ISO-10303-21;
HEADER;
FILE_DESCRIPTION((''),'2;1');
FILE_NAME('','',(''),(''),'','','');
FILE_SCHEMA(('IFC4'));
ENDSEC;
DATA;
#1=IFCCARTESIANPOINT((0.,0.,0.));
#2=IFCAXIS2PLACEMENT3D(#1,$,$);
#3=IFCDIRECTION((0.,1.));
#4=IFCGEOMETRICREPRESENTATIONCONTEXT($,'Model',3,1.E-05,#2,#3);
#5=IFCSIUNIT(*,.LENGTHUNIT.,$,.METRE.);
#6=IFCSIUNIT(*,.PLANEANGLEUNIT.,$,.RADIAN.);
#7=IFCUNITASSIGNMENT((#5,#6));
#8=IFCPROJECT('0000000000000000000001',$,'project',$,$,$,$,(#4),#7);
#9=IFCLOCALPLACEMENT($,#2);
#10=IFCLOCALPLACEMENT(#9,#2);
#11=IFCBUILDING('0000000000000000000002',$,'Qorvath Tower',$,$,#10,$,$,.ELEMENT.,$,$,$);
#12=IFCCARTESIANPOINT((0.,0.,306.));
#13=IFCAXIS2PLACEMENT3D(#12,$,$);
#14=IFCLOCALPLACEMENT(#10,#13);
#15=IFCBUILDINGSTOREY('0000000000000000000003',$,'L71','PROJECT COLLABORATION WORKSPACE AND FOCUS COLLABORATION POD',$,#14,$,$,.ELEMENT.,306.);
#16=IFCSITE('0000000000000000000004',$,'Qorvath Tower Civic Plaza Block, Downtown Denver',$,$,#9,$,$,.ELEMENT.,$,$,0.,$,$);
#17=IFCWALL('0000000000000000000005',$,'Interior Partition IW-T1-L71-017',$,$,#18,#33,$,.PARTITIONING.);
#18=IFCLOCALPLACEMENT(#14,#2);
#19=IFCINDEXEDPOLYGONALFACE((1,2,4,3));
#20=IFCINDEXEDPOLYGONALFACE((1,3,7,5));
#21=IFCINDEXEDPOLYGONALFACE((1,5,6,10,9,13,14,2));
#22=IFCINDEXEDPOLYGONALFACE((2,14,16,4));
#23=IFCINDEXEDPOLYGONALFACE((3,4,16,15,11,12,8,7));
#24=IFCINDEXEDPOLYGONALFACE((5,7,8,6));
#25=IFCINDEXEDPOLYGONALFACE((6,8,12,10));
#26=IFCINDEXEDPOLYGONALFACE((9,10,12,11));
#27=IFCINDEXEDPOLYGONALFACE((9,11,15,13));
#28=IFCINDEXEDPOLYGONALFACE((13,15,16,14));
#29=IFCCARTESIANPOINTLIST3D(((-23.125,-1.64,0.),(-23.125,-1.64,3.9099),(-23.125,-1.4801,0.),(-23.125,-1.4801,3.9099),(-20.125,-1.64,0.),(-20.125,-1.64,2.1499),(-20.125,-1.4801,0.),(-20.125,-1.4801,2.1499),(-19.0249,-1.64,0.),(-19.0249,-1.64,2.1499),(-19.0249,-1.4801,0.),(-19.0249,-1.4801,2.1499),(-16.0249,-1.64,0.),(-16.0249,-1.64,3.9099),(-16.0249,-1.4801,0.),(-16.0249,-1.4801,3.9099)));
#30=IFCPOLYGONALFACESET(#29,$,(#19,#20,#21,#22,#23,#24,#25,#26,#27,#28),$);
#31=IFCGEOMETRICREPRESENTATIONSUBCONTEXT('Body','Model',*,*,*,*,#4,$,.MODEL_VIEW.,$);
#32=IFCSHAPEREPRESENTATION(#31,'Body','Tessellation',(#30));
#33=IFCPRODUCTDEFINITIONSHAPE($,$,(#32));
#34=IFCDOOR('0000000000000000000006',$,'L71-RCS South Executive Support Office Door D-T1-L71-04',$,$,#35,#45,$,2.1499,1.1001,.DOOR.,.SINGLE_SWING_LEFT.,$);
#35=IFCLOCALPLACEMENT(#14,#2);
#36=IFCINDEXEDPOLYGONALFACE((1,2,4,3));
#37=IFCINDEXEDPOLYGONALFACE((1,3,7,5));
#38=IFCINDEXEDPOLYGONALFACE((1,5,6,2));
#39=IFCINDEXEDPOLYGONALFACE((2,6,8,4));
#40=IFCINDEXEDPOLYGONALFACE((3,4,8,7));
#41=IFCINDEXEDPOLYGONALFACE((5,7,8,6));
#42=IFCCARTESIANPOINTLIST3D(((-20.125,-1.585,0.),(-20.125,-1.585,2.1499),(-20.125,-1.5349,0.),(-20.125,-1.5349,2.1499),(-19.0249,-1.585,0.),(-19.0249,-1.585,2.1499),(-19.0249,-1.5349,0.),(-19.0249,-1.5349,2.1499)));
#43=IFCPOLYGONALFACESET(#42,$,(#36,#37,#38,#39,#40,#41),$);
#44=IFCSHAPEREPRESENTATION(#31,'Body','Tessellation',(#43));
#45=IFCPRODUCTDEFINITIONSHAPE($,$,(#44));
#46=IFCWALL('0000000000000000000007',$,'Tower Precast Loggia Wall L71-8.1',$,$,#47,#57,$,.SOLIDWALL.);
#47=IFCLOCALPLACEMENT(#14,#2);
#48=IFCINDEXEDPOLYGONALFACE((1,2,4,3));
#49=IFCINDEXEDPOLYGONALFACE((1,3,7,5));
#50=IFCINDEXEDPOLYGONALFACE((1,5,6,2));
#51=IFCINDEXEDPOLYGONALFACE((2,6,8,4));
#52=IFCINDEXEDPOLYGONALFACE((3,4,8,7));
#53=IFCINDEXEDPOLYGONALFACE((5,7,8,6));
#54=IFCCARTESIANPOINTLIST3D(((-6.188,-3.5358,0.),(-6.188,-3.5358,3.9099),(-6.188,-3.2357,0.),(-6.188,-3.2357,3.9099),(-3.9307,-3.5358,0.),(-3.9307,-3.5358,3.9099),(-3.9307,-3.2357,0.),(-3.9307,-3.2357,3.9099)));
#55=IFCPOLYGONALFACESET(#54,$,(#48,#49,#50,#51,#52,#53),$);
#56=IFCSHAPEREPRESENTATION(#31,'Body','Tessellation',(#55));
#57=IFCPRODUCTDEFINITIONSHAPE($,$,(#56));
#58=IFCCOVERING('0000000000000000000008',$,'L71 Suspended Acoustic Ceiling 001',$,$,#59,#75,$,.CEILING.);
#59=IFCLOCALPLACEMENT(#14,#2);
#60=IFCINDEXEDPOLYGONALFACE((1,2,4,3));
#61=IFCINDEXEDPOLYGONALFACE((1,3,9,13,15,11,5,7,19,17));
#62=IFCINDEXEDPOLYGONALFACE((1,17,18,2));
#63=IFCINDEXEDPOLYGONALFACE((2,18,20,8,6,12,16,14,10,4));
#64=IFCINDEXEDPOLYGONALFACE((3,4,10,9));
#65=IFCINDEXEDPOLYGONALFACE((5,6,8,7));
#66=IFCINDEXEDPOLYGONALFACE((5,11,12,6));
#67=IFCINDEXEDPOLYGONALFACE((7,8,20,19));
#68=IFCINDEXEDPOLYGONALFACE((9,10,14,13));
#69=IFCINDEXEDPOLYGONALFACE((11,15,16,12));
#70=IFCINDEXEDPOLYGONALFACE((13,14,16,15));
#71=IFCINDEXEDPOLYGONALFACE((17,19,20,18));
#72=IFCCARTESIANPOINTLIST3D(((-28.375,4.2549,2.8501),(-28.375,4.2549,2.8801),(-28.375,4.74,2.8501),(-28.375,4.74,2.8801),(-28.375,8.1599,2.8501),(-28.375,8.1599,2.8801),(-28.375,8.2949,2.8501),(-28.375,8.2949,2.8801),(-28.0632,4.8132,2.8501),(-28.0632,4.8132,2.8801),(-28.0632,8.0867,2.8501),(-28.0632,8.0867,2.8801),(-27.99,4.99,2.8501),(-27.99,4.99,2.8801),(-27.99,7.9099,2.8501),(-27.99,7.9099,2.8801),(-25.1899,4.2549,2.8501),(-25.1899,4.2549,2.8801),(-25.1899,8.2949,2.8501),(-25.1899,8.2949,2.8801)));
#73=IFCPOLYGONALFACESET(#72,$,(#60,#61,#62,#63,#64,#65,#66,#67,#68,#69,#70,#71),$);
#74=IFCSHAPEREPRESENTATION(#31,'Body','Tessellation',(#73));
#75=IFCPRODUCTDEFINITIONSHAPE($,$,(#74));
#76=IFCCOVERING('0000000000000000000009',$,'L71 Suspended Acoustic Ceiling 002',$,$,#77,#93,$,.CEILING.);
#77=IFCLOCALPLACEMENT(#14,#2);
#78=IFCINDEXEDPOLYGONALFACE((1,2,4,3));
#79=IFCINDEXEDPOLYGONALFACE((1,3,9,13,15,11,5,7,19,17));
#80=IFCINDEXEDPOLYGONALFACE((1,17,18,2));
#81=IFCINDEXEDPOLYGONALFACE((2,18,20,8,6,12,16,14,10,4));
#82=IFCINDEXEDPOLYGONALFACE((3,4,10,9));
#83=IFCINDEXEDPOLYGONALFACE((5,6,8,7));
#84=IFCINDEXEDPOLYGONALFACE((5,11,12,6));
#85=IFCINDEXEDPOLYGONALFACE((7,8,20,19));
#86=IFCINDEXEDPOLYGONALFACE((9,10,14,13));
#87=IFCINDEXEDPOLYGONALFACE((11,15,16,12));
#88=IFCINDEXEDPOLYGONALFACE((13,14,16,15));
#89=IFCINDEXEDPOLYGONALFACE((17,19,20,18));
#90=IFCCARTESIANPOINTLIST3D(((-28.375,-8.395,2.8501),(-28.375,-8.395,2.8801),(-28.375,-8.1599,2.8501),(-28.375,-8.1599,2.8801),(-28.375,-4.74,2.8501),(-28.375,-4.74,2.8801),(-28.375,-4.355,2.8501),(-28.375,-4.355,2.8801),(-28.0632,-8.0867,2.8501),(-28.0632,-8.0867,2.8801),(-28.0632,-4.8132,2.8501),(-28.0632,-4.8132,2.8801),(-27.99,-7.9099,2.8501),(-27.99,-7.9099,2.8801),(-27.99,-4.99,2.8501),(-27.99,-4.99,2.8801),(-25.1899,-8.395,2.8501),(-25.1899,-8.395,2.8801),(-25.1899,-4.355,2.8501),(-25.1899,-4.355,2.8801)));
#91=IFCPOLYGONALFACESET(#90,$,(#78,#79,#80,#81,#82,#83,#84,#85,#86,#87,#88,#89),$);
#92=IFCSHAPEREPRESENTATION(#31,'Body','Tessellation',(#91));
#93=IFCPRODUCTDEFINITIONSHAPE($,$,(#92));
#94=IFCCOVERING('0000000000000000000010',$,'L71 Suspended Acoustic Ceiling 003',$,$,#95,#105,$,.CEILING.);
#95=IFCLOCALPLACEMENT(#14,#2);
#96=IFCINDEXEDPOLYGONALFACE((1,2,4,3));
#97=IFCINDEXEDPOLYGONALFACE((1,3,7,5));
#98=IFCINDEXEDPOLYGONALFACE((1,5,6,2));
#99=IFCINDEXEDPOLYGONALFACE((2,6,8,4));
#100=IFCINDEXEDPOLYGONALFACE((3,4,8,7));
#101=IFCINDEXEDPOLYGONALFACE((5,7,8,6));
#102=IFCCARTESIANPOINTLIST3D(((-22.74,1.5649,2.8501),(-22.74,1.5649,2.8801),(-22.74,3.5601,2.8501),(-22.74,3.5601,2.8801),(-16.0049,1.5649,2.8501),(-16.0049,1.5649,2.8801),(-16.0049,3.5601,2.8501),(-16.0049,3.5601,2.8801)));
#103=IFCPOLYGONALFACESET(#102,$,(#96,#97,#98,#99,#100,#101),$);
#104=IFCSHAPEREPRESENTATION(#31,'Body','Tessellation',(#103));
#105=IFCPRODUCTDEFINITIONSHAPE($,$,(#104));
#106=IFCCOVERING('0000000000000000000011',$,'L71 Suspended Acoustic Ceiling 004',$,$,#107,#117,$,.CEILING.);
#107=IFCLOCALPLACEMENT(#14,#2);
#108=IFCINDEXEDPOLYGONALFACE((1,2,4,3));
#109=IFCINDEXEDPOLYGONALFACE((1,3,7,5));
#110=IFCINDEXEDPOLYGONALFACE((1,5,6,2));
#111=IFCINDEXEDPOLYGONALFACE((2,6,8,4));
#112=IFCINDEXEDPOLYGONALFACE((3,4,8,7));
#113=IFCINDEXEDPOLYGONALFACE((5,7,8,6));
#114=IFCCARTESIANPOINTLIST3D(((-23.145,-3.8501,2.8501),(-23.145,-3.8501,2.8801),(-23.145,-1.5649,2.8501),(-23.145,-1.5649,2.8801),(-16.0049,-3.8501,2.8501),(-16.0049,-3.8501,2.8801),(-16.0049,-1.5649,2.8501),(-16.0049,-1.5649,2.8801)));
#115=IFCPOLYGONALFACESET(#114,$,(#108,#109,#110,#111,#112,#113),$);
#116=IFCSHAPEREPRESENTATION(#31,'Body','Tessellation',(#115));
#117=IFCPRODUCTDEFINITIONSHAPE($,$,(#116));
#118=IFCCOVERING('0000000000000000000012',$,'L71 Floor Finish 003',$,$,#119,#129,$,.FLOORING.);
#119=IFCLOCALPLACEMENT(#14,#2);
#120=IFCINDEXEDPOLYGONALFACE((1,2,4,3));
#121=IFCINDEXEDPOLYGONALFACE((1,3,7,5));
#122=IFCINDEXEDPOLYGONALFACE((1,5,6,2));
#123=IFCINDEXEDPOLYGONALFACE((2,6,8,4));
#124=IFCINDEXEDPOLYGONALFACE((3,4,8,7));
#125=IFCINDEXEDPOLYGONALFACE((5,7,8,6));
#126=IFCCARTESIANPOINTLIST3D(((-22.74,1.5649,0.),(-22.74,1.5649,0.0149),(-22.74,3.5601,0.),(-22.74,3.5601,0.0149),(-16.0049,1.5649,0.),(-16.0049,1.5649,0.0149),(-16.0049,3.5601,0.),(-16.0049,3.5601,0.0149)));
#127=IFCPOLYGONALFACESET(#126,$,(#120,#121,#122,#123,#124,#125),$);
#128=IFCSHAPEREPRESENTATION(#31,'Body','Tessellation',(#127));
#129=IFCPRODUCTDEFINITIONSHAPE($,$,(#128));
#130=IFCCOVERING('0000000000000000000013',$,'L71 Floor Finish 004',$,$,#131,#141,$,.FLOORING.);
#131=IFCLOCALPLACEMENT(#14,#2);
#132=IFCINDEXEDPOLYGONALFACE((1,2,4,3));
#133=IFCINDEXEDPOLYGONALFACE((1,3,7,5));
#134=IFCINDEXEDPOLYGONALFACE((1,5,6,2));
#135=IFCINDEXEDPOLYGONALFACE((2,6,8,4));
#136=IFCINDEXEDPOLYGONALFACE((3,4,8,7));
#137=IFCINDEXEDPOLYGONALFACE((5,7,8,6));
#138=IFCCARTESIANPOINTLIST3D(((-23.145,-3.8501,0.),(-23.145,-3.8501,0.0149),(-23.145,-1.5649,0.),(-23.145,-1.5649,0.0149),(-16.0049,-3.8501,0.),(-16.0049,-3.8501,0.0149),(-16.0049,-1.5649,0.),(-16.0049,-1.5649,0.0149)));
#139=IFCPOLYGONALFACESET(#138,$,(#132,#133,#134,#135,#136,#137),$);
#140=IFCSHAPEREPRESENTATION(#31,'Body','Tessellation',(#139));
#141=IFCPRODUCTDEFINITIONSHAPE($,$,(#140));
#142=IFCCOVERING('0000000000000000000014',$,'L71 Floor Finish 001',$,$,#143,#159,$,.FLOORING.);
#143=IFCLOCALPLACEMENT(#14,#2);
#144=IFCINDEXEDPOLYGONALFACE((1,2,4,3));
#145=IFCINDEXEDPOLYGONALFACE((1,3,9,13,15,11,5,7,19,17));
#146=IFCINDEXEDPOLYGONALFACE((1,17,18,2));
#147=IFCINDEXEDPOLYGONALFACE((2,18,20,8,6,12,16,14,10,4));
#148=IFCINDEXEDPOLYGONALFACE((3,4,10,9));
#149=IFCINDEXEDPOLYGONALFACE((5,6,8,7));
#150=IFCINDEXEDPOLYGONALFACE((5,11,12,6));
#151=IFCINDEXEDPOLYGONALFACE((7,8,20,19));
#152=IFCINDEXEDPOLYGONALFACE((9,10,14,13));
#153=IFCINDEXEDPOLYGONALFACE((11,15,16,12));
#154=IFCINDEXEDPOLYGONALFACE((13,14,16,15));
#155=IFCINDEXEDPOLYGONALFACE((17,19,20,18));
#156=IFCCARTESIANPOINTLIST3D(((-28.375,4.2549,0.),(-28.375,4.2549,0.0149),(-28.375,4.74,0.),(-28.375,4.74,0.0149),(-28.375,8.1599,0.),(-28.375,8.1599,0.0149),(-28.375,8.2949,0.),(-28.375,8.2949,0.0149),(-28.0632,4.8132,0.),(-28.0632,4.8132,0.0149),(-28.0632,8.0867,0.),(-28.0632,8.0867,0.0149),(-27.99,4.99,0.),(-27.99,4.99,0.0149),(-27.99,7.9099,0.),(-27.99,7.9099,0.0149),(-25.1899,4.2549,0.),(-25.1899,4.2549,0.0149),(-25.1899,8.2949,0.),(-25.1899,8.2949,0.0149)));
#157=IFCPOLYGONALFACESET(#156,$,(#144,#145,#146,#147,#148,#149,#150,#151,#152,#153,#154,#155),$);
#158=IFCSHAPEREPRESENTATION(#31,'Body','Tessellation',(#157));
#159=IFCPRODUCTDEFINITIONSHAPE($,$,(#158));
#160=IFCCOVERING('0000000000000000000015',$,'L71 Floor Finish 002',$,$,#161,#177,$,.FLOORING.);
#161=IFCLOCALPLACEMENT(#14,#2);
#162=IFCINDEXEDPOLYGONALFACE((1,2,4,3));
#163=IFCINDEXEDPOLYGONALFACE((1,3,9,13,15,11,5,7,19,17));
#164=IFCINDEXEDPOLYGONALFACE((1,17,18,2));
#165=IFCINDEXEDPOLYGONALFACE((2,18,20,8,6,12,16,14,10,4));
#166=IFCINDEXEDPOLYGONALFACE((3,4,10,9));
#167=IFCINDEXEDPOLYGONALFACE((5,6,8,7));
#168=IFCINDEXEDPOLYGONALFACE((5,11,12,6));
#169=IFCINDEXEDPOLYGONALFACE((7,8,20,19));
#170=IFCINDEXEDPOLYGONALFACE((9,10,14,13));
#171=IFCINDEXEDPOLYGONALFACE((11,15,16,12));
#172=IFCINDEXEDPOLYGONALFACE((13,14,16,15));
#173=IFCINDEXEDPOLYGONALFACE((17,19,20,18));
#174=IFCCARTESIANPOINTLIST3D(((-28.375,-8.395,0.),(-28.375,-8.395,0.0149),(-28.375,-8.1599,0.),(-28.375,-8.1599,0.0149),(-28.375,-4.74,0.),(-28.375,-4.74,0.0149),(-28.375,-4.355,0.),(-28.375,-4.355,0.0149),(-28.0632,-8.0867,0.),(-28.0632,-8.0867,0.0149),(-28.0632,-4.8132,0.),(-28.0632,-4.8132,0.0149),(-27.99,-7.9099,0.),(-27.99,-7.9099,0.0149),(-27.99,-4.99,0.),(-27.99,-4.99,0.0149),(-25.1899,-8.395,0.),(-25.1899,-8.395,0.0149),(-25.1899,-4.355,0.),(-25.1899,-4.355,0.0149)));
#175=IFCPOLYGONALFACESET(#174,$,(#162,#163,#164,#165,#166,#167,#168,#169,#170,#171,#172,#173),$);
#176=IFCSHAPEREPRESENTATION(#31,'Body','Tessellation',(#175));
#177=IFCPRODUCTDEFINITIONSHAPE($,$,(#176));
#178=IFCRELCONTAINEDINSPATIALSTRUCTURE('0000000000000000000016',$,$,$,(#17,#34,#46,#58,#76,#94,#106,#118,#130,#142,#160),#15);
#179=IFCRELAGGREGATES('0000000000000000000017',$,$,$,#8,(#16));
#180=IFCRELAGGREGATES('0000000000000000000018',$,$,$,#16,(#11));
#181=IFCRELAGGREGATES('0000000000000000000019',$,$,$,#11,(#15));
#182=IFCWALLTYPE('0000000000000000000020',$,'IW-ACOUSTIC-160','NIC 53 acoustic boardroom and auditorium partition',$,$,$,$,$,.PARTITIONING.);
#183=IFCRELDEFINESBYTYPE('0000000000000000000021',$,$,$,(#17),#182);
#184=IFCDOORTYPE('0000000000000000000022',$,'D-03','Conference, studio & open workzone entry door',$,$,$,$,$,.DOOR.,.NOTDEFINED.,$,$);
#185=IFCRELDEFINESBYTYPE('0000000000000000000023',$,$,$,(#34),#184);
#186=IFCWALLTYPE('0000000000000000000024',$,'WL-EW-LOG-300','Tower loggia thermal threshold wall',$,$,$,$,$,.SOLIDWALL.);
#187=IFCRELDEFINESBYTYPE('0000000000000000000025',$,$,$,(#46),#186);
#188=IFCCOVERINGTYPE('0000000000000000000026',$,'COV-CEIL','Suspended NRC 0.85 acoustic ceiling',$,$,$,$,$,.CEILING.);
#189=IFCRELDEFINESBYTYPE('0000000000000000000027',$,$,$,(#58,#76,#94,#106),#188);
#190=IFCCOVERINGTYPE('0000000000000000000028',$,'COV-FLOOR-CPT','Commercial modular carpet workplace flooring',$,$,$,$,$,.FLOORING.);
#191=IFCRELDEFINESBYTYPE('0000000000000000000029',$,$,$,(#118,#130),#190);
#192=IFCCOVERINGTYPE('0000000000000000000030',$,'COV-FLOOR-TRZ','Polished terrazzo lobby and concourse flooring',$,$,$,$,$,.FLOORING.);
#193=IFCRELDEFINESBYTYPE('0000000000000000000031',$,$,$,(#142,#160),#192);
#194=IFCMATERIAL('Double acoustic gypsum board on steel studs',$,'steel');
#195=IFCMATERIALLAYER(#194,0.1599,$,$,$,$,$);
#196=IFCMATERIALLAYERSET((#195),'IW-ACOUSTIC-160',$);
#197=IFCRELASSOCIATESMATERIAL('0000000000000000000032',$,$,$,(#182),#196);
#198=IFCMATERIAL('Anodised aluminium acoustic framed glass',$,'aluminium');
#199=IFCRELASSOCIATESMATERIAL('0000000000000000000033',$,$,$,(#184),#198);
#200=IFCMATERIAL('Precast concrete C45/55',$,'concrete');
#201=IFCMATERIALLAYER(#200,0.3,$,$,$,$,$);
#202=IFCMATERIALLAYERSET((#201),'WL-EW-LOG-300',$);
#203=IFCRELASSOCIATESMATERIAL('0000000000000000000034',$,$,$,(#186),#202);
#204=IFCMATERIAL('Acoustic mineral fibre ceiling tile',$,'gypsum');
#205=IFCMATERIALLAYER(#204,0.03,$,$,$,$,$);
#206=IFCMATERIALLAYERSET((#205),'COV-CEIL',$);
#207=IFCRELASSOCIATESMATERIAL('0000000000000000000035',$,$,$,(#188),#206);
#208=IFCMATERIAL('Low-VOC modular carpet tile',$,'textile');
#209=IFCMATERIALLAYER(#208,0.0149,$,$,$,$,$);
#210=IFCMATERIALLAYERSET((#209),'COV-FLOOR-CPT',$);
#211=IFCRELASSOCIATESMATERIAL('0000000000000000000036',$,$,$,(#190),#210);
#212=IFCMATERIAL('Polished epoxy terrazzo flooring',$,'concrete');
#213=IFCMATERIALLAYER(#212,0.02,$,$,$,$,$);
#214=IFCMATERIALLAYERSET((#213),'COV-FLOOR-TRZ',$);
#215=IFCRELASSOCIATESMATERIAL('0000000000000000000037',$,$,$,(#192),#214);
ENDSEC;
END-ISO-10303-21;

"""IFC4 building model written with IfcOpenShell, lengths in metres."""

from ifc_helpers import new_model, si_unit, direction, frame, frame_2d, origin, place, context, subcontext, project, spatial, polyline, rectangle, outline, extrude, material, layer, layer_set, type_object, element, fill, save


model = new_model("IFC4")

# Units and contexts
model_context = context("Model", 3, precision=1e-05, world=origin(), true_north=direction((0.0, 1.0)))
body_context = subcontext(model_context, "Body", "Model", "MODEL_VIEW")
ifc_project = project(units=[si_unit("LENGTHUNIT", "METRE"), si_unit("PLANEANGLEUNIT", "RADIAN")], contexts=[model_context])

# Site, building, storey
site_placement = place(None, origin())
site = spatial("IfcSite", under=ifc_project, at=site_placement, Name="Qorvath Tower Civic Plaza Block, Downtown Denver", CompositionType="ELEMENT", RefElevation=0.0)
building_placement = place(site_placement, origin())
building = spatial("IfcBuilding", under=site, at=building_placement, Name="Qorvath Tower", CompositionType="ELEMENT")
storey_placement = place(building_placement, frame((0.0, 0.0, 306.0)))
storey = spatial("IfcBuildingStorey", under=building, at=storey_placement, Name="L71", Description="PROJECT COLLABORATION WORKSPACE AND FOCUS COLLABORATION POD", CompositionType="ELEMENT", Elevation=306.0)

# Shared definitions
ifc_material_1 = material(Name="Double acoustic gypsum board on steel studs", Category="steel")
ifc_layer_1 = layer(ifc_material_1, 0.1599)
ifc_layer_set_1 = layer_set([ifc_layer_1], Name="IW-ACOUSTIC-160")
wall_type_1 = type_object("IfcWallType", Name="IW-ACOUSTIC-160", Description="NIC 53 acoustic boardroom and auditorium partition", PredefinedType="PARTITIONING", material=ifc_layer_set_1)

# Wall, opening, door
wall_1_placement = place(storey_placement, frame((-16.0249, -1.5601, 0.0), z_axis=(0.0, 0.0, 1.0), x_axis=(-1.0, 0.0, 0.0)))
wall_1 = element("IfcWall", 1, at=wall_1_placement, inside=storey, type_object=wall_type_1, Name="Interior Partition IW-T1-L71-017", PredefinedType="PARTITIONING", context=body_context, shape_type="SweptSolid", body=[
    extrude(rectangle(XDim=7.1001, YDim=0.1599, at=frame_2d((3.55, 0.0))), origin(), (0.0, 0.0, 1.0), 3.9099),
])
opening_placement = place(wall_1_placement, frame((3.0, 0.0, 0.0)))
opening = element("IfcOpeningElement", 2, at=opening_placement, cuts=wall_1, PredefinedType="OPENING", context=body_context, shape_type="SweptSolid", body=[
    extrude(rectangle(XDim=1.1001, YDim=2.1499, at=frame_2d((0.55, 1.075))), frame((0.0, 0.0898, 0.0), z_axis=(0.0, -1.0, 0.0), x_axis=(1.0, 0.0, 0.0)), (0.0, 0.0, 1.0), 0.1799),
])
ifc_material_2 = material(Name="Anodised aluminium acoustic framed glass", Category="aluminium")
door_type = type_object("IfcDoorType", Name="D-03", Description="Conference, studio & open workzone entry door", OperationType="NOTDEFINED", PredefinedType="DOOR", material=ifc_material_2)
door_placement = place(opening_placement, origin())
door = element("IfcDoor", 3, at=door_placement, inside=storey, type_object=door_type, Name="L71-RCS South Executive Support Office Door D-T1-L71-04", OperationType="SINGLE_SWING_LEFT", OverallHeight=2.1499, OverallWidth=1.1001, PredefinedType="DOOR", context=body_context, shape_type="SweptSolid", body=[
    extrude(rectangle(XDim=1.1001, YDim=2.1499, at=frame_2d((0.55, 1.075))), frame((0.0, 0.0249, 0.0), z_axis=(0.0, -1.0, 0.0), x_axis=(1.0, 0.0, 0.0)), (0.0, 0.0, 1.0), 0.05),
])
fill(opening, door)

# Wall
ifc_material_3 = material(Name="Precast concrete C45/55", Category="concrete")
ifc_layer_2 = layer(ifc_material_3, 0.3)
ifc_layer_set_2 = layer_set([ifc_layer_2], Name="WL-EW-LOG-300")
wall_type_2 = type_object("IfcWallType", Name="WL-EW-LOG-300", Description="Tower loggia thermal threshold wall", PredefinedType="SOLIDWALL", material=ifc_layer_set_2)
wall_2_placement = place(storey_placement, frame((-3.9307, -3.3857, 0.0), z_axis=(0.0, 0.0, 1.0), x_axis=(-1.0, 0.0, 0.0)))
element("IfcWall", 4, at=wall_2_placement, inside=storey, type_object=wall_type_2, Name="Tower Precast Loggia Wall L71-8.1", PredefinedType="SOLIDWALL", context=body_context, shape_type="SweptSolid", body=[
    extrude(rectangle(XDim=2.2573, YDim=0.3, at=frame_2d((1.1287, 0.0))), origin(), (0.0, 0.0, 1.0), 3.9099),
])

# Coverings
ifc_material_4 = material(Name="Acoustic mineral fibre ceiling tile", Category="gypsum")
ifc_layer_3 = layer(ifc_material_4, 0.03)
ifc_layer_set_3 = layer_set([ifc_layer_3], Name="COV-CEIL")
covering_type_1 = type_object("IfcCoveringType", Name="COV-CEIL", Description="Suspended NRC 0.85 acoustic ceiling", PredefinedType="CEILING", material=ifc_layer_set_3)
covering_1_placement = place(storey_placement, frame((0.0, 0.0, 2.8501)))
element("IfcCovering", 5, at=covering_1_placement, inside=storey, type_object=covering_type_1, Name="L71 Suspended Acoustic Ceiling 001", PredefinedType="CEILING", context=body_context, shape_type="SweptSolid", body=[
    extrude(outline(polyline([(-25.1899, 4.2549), (-25.1899, 8.2949), (-28.375, 8.2949), (-28.375, 8.1599), (-28.0632, 8.0867), (-27.99, 7.9099), (-27.99, 4.99), (-28.0632, 4.8132), (-28.375, 4.74), (-28.375, 4.2549), (-25.1899, 4.2549)])), origin(), (0.0, 0.0, 1.0), 0.03),
])
covering_2_placement = place(storey_placement, frame((0.0, 0.0, 2.8501)))
element("IfcCovering", 6, at=covering_2_placement, inside=storey, type_object=covering_type_1, Name="L71 Suspended Acoustic Ceiling 002", PredefinedType="CEILING", context=body_context, shape_type="SweptSolid", body=[
    extrude(outline(polyline([(-25.1899, -8.395), (-25.1899, -4.355), (-28.375, -4.355), (-28.375, -4.74), (-28.0632, -4.8132), (-27.99, -4.99), (-27.99, -7.9099), (-28.0632, -8.0867), (-28.375, -8.1599), (-28.375, -8.395), (-25.1899, -8.395)])), origin(), (0.0, 0.0, 1.0), 0.03),
])
covering_3_placement = place(storey_placement, frame((0.0, 0.0, 2.8501)))
element("IfcCovering", 7, at=covering_3_placement, inside=storey, type_object=covering_type_1, Name="L71 Suspended Acoustic Ceiling 003", PredefinedType="CEILING", context=body_context, shape_type="SweptSolid", body=[
    extrude(outline(polyline([(-16.0049, 3.5601), (-22.74, 3.5601), (-22.74, 1.5649), (-16.0049, 1.5649), (-16.0049, 3.5601)])), origin(), (0.0, 0.0, 1.0), 0.03),
])
covering_4_placement = place(storey_placement, frame((0.0, 0.0, 2.8501)))
element("IfcCovering", 8, at=covering_4_placement, inside=storey, type_object=covering_type_1, Name="L71 Suspended Acoustic Ceiling 004", PredefinedType="CEILING", context=body_context, shape_type="SweptSolid", body=[
    extrude(outline(polyline([(-23.145, -3.8501), (-16.0049, -3.8501), (-16.0049, -1.5649), (-23.145, -1.5649), (-23.145, -3.8501)])), origin(), (0.0, 0.0, 1.0), 0.03),
])
ifc_material_5 = material(Name="Low-VOC modular carpet tile", Category="textile")
ifc_layer_4 = layer(ifc_material_5, 0.0149)
ifc_layer_set_4 = layer_set([ifc_layer_4], Name="COV-FLOOR-CPT")
covering_type_2 = type_object("IfcCoveringType", Name="COV-FLOOR-CPT", Description="Commercial modular carpet workplace flooring", PredefinedType="FLOORING", material=ifc_layer_set_4)
covering_5_placement = place(storey_placement, origin())
element("IfcCovering", 9, at=covering_5_placement, inside=storey, type_object=covering_type_2, Name="L71 Floor Finish 003", PredefinedType="FLOORING", context=body_context, shape_type="SweptSolid", body=[
    extrude(outline(polyline([(-16.0049, 3.5601), (-22.74, 3.5601), (-22.74, 1.5649), (-16.0049, 1.5649), (-16.0049, 3.5601)])), origin(), (0.0, 0.0, 1.0), 0.0149),
])
covering_6_placement = place(storey_placement, origin())
element("IfcCovering", 10, at=covering_6_placement, inside=storey, type_object=covering_type_2, Name="L71 Floor Finish 004", PredefinedType="FLOORING", context=body_context, shape_type="SweptSolid", body=[
    extrude(outline(polyline([(-23.145, -3.8501), (-16.0049, -3.8501), (-16.0049, -1.5649), (-23.145, -1.5649), (-23.145, -3.8501)])), origin(), (0.0, 0.0, 1.0), 0.0149),
])
ifc_material_6 = material(Name="Polished epoxy terrazzo flooring", Category="concrete")
ifc_layer_5 = layer(ifc_material_6, 0.02)
ifc_layer_set_5 = layer_set([ifc_layer_5], Name="COV-FLOOR-TRZ")
covering_type_3 = type_object("IfcCoveringType", Name="COV-FLOOR-TRZ", Description="Polished terrazzo lobby and concourse flooring", PredefinedType="FLOORING", material=ifc_layer_set_5)
covering_7_placement = place(storey_placement, origin())
element("IfcCovering", 11, at=covering_7_placement, inside=storey, type_object=covering_type_3, Name="L71 Floor Finish 001", PredefinedType="FLOORING", context=body_context, shape_type="SweptSolid", body=[
    extrude(outline(polyline([(-25.1899, 4.2549), (-25.1899, 8.2949), (-28.375, 8.2949), (-28.375, 8.1599), (-28.0632, 8.0867), (-27.99, 7.9099), (-27.99, 4.99), (-28.0632, 4.8132), (-28.375, 4.74), (-28.375, 4.2549), (-25.1899, 4.2549)])), origin(), (0.0, 0.0, 1.0), 0.0149),
])
covering_8_placement = place(storey_placement, origin())
element("IfcCovering", 12, at=covering_8_placement, inside=storey, type_object=covering_type_3, Name="L71 Floor Finish 002", PredefinedType="FLOORING", context=body_context, shape_type="SweptSolid", body=[
    extrude(outline(polyline([(-25.1899, -8.395), (-25.1899, -4.355), (-28.375, -4.355), (-28.375, -4.74), (-28.0632, -4.8132), (-27.99, -4.99), (-27.99, -7.9099), (-28.0632, -8.0867), (-28.375, -8.1599), (-28.375, -8.395), (-25.1899, -8.395)])), origin(), (0.0, 0.0, 1.0), 0.0149),
])

save(model, "model.ifc")
